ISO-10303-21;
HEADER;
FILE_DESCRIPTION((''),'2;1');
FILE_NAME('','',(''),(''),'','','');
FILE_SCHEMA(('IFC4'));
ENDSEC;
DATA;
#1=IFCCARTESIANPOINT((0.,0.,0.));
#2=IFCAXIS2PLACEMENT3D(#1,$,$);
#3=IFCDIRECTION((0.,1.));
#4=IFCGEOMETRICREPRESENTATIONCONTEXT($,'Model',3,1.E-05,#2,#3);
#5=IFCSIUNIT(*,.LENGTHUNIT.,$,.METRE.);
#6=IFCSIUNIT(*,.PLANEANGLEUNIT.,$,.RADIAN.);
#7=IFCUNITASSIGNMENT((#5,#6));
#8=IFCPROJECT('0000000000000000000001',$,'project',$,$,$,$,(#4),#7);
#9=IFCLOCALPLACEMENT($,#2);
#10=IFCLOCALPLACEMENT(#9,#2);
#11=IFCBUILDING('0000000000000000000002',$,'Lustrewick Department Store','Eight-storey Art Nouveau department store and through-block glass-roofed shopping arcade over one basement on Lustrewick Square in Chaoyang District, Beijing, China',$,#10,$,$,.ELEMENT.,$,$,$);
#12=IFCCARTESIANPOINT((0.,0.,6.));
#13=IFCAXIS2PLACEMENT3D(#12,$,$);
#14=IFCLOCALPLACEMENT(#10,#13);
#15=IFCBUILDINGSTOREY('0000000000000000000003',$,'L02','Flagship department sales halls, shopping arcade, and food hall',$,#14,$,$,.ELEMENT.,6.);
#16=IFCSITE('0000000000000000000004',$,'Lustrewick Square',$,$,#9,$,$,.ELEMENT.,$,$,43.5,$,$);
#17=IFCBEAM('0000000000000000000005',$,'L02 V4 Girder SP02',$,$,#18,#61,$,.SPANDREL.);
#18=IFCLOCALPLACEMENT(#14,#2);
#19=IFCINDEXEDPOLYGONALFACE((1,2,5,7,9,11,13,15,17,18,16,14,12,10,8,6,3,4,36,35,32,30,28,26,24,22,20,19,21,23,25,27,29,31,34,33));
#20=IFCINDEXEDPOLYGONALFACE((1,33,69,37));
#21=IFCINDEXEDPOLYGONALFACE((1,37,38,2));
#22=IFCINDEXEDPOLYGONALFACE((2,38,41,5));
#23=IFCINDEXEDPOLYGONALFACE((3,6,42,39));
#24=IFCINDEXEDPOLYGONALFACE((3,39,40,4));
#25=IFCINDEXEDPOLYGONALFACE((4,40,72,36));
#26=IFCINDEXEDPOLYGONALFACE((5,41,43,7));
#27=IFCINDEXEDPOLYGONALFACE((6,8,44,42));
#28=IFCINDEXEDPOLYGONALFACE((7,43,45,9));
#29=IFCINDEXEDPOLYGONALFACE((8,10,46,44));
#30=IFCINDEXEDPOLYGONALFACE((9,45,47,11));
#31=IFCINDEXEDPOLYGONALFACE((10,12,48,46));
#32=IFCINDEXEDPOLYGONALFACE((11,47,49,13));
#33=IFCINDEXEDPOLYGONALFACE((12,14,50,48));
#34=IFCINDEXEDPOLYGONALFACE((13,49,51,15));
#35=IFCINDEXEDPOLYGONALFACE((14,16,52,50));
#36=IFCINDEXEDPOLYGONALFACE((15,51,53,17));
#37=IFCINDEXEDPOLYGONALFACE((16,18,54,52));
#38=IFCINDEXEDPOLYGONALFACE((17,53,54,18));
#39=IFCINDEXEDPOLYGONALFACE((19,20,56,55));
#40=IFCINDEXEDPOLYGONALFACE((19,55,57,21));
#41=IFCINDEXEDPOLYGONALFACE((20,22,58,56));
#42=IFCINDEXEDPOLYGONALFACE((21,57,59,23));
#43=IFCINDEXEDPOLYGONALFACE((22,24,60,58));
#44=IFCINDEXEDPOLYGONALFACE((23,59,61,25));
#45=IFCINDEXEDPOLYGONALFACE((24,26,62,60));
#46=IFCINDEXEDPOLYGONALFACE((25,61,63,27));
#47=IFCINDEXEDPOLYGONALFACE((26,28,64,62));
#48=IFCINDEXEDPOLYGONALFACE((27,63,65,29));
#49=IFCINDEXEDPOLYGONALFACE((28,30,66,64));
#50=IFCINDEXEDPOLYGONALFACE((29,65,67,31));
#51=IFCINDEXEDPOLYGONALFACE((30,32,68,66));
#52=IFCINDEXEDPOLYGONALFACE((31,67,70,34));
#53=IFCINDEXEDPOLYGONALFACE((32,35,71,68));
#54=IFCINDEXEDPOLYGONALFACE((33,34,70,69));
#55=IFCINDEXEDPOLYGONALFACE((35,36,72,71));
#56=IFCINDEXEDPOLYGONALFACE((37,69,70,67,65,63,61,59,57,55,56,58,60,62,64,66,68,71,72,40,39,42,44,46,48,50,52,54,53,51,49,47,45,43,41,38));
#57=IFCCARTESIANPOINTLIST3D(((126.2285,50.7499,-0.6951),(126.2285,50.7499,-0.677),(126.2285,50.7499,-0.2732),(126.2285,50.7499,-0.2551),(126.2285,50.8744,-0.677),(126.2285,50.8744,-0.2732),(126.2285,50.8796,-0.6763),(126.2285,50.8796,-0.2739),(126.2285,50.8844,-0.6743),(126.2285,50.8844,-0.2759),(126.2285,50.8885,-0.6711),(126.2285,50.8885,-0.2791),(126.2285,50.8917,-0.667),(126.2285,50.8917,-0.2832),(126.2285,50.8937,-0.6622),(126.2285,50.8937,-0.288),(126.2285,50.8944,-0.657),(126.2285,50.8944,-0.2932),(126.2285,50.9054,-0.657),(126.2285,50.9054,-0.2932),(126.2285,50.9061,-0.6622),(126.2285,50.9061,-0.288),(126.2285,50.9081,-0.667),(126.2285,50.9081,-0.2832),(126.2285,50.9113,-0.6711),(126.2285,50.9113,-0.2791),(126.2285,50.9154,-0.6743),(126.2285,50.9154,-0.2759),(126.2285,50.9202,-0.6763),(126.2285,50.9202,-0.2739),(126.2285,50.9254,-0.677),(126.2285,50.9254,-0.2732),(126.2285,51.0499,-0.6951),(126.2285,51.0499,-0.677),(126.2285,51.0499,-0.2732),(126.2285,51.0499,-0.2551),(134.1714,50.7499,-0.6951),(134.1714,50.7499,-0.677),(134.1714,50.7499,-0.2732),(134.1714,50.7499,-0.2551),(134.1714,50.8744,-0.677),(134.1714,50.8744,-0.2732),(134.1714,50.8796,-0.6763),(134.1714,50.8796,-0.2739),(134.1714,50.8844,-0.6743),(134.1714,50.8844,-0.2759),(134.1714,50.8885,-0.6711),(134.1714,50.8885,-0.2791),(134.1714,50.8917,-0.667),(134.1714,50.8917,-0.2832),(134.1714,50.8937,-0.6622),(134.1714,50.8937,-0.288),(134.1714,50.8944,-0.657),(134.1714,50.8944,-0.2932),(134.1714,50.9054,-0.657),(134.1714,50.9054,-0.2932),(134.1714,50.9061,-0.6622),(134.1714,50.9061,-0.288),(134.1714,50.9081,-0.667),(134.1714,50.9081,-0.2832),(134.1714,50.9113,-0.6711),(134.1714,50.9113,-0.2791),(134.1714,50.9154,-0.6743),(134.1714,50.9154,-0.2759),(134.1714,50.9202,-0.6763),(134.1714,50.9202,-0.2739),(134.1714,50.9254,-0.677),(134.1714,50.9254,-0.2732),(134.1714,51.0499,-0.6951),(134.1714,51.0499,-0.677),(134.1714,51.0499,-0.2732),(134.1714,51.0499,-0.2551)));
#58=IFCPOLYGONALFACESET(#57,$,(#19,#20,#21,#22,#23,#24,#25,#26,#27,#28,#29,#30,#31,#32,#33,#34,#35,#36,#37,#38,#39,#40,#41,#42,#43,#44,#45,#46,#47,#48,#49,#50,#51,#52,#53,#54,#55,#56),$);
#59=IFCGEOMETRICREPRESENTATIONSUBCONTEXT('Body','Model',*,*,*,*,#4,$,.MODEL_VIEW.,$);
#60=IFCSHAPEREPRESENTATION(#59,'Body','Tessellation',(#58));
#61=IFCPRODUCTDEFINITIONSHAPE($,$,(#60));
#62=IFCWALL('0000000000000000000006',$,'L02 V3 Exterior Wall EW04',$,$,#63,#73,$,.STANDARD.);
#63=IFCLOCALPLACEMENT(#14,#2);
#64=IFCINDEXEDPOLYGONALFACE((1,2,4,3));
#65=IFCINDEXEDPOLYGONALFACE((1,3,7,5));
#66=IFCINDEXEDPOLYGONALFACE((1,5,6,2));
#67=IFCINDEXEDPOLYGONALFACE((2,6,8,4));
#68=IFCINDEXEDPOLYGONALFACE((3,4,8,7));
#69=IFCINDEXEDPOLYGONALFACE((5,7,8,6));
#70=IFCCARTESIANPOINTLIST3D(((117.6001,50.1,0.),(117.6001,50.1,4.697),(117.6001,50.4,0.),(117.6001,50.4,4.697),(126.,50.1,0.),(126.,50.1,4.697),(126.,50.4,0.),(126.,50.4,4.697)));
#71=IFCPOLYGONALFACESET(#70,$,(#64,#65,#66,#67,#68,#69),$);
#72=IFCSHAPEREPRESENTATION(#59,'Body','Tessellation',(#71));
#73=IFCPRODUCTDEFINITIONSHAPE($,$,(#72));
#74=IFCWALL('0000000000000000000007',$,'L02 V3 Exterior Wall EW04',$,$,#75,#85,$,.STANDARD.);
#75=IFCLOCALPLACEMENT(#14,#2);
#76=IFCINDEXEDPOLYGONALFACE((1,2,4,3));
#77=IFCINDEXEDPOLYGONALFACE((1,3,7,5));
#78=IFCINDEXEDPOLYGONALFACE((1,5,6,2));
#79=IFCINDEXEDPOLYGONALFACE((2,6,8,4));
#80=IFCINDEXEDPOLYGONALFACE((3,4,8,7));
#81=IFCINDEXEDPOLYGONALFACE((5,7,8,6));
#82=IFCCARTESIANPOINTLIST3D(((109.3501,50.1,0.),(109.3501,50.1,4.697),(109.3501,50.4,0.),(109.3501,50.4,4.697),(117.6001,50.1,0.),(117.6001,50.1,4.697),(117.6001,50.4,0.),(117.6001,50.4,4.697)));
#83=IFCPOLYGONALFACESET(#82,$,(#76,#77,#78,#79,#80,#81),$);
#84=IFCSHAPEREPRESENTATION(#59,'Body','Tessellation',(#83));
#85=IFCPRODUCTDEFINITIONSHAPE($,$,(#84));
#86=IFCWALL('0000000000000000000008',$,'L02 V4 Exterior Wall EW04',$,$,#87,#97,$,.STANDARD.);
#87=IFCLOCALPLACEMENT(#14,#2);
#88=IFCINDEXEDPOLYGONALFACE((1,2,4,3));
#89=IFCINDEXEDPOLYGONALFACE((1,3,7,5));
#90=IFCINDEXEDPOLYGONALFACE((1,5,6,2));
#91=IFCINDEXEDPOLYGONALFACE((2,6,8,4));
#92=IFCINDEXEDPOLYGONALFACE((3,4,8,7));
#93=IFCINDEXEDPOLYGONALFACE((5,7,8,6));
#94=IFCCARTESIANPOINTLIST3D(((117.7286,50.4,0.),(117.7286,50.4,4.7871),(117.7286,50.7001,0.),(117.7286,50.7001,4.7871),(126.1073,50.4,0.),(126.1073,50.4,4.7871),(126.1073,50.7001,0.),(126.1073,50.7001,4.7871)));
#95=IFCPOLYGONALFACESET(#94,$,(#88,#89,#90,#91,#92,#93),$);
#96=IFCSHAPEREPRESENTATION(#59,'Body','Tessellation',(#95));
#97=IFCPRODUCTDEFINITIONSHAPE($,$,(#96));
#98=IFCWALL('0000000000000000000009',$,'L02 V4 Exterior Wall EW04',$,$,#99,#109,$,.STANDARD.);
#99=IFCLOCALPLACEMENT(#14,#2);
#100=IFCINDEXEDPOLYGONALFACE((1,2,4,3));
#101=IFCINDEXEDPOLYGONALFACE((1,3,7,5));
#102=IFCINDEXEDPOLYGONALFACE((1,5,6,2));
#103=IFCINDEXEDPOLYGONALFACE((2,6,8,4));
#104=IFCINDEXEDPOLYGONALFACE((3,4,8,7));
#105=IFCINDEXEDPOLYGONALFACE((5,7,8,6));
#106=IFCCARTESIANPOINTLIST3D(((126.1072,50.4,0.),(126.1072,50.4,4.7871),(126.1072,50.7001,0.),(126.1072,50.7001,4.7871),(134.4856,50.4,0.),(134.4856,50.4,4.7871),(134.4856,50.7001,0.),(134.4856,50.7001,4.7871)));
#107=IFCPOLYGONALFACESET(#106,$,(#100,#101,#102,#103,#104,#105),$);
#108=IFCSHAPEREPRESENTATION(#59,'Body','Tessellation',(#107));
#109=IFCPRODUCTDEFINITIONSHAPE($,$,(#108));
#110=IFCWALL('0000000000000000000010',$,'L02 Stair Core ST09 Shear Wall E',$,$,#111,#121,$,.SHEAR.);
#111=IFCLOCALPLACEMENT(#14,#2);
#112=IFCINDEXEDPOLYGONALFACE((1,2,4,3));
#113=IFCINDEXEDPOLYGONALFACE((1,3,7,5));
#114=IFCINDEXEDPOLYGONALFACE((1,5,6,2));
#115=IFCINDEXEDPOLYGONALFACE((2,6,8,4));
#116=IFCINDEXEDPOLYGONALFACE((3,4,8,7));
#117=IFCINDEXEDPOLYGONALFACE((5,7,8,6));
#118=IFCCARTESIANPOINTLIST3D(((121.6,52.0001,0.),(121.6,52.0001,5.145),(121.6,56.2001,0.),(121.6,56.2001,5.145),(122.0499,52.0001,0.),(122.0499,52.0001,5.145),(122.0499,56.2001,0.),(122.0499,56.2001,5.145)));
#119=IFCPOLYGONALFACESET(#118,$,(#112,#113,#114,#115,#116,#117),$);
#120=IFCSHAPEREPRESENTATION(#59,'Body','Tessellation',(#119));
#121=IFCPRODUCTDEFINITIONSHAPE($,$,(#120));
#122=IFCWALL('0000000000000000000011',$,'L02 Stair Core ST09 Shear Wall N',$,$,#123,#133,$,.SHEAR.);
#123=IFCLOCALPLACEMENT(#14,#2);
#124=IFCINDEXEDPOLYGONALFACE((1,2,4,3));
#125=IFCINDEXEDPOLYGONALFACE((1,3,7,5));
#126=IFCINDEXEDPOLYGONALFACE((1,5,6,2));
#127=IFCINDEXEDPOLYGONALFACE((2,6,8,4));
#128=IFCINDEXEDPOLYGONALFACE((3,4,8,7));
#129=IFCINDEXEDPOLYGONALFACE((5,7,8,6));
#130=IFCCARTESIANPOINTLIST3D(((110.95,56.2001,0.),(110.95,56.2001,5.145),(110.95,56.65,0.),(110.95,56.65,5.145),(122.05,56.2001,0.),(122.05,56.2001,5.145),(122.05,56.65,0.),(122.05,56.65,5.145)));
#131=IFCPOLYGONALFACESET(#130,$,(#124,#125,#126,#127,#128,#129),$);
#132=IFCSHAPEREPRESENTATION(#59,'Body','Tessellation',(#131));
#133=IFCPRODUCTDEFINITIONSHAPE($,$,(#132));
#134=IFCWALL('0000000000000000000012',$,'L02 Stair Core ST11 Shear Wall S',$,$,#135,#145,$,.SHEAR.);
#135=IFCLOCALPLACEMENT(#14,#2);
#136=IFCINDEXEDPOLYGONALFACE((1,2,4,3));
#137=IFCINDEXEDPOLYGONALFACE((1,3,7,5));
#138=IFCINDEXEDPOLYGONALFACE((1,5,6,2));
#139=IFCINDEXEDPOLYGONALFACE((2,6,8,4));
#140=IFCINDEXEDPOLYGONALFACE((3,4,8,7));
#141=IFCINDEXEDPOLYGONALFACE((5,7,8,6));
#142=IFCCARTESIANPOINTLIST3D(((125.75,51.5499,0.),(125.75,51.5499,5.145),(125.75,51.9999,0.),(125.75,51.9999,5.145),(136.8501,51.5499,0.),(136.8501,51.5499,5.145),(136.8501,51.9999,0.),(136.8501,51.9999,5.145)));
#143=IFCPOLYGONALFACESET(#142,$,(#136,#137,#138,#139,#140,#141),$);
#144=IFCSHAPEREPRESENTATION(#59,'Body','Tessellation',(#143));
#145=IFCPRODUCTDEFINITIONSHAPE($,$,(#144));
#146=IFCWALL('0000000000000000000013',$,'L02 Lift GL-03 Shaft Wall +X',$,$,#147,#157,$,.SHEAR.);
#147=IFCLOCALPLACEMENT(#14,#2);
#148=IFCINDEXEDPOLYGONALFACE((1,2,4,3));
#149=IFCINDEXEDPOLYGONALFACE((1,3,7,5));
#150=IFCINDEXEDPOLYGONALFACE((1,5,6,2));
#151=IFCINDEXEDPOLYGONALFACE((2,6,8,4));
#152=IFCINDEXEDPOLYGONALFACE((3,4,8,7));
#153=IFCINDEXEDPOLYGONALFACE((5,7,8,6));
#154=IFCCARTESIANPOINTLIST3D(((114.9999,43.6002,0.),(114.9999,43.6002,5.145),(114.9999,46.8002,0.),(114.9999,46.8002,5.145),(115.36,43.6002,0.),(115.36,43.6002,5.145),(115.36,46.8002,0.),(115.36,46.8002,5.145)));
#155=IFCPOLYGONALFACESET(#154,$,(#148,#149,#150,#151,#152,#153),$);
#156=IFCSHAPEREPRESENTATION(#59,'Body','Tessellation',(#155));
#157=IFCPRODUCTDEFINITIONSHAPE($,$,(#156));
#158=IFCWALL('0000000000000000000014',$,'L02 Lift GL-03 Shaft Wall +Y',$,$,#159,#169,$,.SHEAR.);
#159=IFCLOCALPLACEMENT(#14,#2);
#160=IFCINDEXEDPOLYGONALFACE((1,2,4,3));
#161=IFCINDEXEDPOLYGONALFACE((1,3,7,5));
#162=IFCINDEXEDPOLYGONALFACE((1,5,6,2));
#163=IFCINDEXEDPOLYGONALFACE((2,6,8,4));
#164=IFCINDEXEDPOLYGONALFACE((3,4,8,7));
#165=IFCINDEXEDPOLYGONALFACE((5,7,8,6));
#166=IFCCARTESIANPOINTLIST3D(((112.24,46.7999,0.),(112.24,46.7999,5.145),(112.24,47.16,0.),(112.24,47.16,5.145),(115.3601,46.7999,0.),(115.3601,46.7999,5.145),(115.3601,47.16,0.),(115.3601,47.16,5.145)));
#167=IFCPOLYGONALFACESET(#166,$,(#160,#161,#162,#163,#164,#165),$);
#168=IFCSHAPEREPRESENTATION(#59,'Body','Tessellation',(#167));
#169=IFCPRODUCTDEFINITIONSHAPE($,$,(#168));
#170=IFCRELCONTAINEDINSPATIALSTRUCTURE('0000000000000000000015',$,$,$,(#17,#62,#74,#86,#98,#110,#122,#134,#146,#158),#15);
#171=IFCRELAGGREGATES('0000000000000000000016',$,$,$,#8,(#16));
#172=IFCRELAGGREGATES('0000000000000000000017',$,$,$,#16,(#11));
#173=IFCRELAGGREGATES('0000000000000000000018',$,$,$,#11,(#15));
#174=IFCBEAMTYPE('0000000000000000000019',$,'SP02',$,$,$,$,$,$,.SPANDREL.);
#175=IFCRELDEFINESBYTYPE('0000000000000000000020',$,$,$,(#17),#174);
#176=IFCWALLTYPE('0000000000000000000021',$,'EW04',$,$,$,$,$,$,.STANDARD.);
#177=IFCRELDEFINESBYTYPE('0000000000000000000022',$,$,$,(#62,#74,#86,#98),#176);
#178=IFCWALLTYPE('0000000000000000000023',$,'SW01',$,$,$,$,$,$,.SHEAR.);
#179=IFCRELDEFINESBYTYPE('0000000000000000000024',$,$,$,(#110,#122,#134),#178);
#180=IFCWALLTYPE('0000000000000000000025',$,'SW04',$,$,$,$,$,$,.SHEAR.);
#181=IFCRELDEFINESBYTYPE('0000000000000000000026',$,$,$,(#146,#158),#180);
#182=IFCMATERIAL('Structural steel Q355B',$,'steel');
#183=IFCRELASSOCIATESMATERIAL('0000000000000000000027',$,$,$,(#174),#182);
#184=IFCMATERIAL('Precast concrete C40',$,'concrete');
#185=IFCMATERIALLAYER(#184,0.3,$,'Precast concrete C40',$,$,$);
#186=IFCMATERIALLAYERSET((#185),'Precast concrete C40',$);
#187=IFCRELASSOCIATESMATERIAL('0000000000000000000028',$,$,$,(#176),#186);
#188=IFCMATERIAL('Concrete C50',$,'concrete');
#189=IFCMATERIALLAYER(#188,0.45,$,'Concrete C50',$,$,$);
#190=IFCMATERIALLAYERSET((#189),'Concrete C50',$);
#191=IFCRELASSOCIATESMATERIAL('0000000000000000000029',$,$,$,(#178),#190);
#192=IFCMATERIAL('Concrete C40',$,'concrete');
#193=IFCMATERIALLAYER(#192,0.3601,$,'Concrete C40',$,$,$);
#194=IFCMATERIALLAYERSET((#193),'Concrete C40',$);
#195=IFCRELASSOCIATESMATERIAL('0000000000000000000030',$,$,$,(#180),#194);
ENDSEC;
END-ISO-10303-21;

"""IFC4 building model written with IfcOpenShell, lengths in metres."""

from ifc_helpers import new_model, si_unit, direction, frame, frame_2d, origin, origin_2d, place, context, subcontext, project, spatial, rectangle, i_section, extrude, material, layer, layer_set, material_profile, profile_set, type_object, element, save


model = new_model("IFC4")

# Units and contexts
model_context = context("Model", 3, precision=1e-05, world=origin(), true_north=direction((0.0, 1.0)))
body_context = subcontext(model_context, "Body", "Model", "MODEL_VIEW")
ifc_project = project(units=[si_unit("LENGTHUNIT", "METRE"), si_unit("PLANEANGLEUNIT", "RADIAN")], contexts=[model_context])

# Site, building, storey
site_placement = place(None, origin())
site = spatial("IfcSite", under=ifc_project, at=site_placement, Name="Lustrewick Square", CompositionType="ELEMENT", RefElevation=43.5)
building_placement = place(site_placement, origin())
building = spatial("IfcBuilding", under=site, at=building_placement, Name="Lustrewick Department Store", Description="Eight-storey Art Nouveau department store and through-block glass-roofed shopping arcade over one basement on Lustrewick Square in Chaoyang District, Beijing, China", CompositionType="ELEMENT")
storey_placement = place(building_placement, frame((0.0, 0.0, 6.0)))
storey = spatial("IfcBuildingStorey", under=building, at=storey_placement, Name="L02", Description="Flagship department sales halls, shopping arcade, and food hall", CompositionType="ELEMENT", Elevation=6.0)

# Shared definitions
ifc_material_1 = material(Name="Concrete C40", Category="concrete")
ifc_material_2 = material(Name="Structural steel Q355B", Category="steel")

# Beam
ifc_material_profile_1 = material_profile(ifc_material_2, i_section(OverallWidth=0.3, OverallDepth=0.4399, WebThickness=0.011, FlangeThickness=0.0181, FilletRadius=0.02, at=origin_2d()), Name="HM 440x300x11x18")
ifc_profile_set_1 = profile_set([ifc_material_profile_1], Name="Structural steel Q355B")
beam_type_1 = type_object("IfcBeamType", Name="SP02", PredefinedType="SPANDREL", material=ifc_profile_set_1)
for number, where, z_axis, x_axis, name in (
    (1, (126.2285, 50.8999, -0.4751), (1.0, 0.0, 0.0), (0.0, 1.0, 0.0), "L02 V4 Girder SP02"),
):
    element("IfcBeam", number, at=place(storey_placement, frame(where, z_axis=z_axis, x_axis=x_axis)), inside=storey, type_object=beam_type_1, Name=name, PredefinedType="SPANDREL", context=body_context, shape_type="SweptSolid", body=[
        extrude(i_section(OverallWidth=0.3, OverallDepth=0.4399, WebThickness=0.011, FlangeThickness=0.0181, FilletRadius=0.02, at=origin_2d()), origin(), (0.0, 0.0, 1.0), 7.9429),
    ])

# Walls
ifc_material_3 = material(Name="Precast concrete C40", Category="concrete")
ifc_layer_1 = layer(ifc_material_3, 0.3, Name="Precast concrete C40")
ifc_layer_set_1 = layer_set([ifc_layer_1], Name="Precast concrete C40")
wall_type_1 = type_object("IfcWallType", Name="EW04", PredefinedType="STANDARD", material=ifc_layer_set_1)
wall_1_placement = place(storey_placement, frame((126.0, 50.25, 0.0), z_axis=(0.0, 0.0, 1.0), x_axis=(-1.0, 0.0, 0.0)))
element("IfcWall", 2, at=wall_1_placement, inside=storey, type_object=wall_type_1, Name="L02 V3 Exterior Wall EW04", PredefinedType="STANDARD", context=body_context, shape_type="SweptSolid", body=[
    extrude(rectangle(XDim=8.3999, YDim=0.3, at=frame_2d((4.2, 0.0))), origin(), (0.0, 0.0, 1.0), 4.697),
])
wall_2_placement = place(storey_placement, frame((117.6001, 50.25, 0.0), z_axis=(0.0, 0.0, 1.0), x_axis=(-1.0, 0.0, 0.0)))
element("IfcWall", 3, at=wall_2_placement, inside=storey, type_object=wall_type_1, Name="L02 V3 Exterior Wall EW04", PredefinedType="STANDARD", context=body_context, shape_type="SweptSolid", body=[
    extrude(rectangle(XDim=8.25, YDim=0.3, at=frame_2d((4.125, 0.0))), origin(), (0.0, 0.0, 1.0), 4.697),
])
wall_3_placement = place(storey_placement, frame((117.7285, 50.55, 0.0), z_axis=(0.0, 0.0, 1.0), x_axis=(1.0, 0.0, 0.0)))
element("IfcWall", 4, at=wall_3_placement, inside=storey, type_object=wall_type_1, Name="L02 V4 Exterior Wall EW04", PredefinedType="STANDARD", context=body_context, shape_type="SweptSolid", body=[
    extrude(rectangle(XDim=8.3787, YDim=0.3, at=frame_2d((4.1895, 0.0))), origin(), (0.0, 0.0, 1.0), 4.7871),
])
wall_4_placement = place(storey_placement, frame((126.1072, 50.55, 0.0), z_axis=(0.0, 0.0, 1.0), x_axis=(1.0, 0.0, 0.0)))
element("IfcWall", 5, at=wall_4_placement, inside=storey, type_object=wall_type_1, Name="L02 V4 Exterior Wall EW04", PredefinedType="STANDARD", context=body_context, shape_type="SweptSolid", body=[
    extrude(rectangle(XDim=8.3784, YDim=0.3, at=frame_2d((4.1892, 0.0))), origin(), (0.0, 0.0, 1.0), 4.7871),
])
ifc_material_4 = material(Name="Concrete C50", Category="concrete")
ifc_layer_2 = layer(ifc_material_4, 0.45, Name="Concrete C50")
ifc_layer_set_2 = layer_set([ifc_layer_2], Name="Concrete C50")
wall_type_2 = type_object("IfcWallType", Name="SW01", PredefinedType="SHEAR", material=ifc_layer_set_2)
wall_5_placement = place(storey_placement, frame((121.825, 52.0, 0.0), z_axis=(0.0, 0.0, 1.0), x_axis=(0.0, 1.0, 0.0)))
element("IfcWall", 6, at=wall_5_placement, inside=storey, type_object=wall_type_2, Name="L02 Stair Core ST09 Shear Wall E", PredefinedType="SHEAR", context=body_context, shape_type="SweptSolid", body=[
    extrude(rectangle(XDim=4.2, YDim=0.45, at=frame_2d((2.1001, 0.0))), origin(), (0.0, 0.0, 1.0), 5.145),
])
for number, where, z_axis, x_axis, name in (
    (7, (122.05, 56.425, 0.0), (0.0, 0.0, 1.0), (-1.0, 0.0, 0.0), "L02 Stair Core ST09 Shear Wall N"),
    (8, (125.75, 51.7749, 0.0), (0.0, 0.0, 1.0), (1.0, 0.0, 0.0), "L02 Stair Core ST11 Shear Wall S"),
):
    element("IfcWall", number, at=place(storey_placement, frame(where, z_axis=z_axis, x_axis=x_axis)), inside=storey, type_object=wall_type_2, Name=name, PredefinedType="SHEAR", context=body_context, shape_type="SweptSolid", body=[
        extrude(rectangle(XDim=11.1001, YDim=0.45, at=frame_2d((5.55, 0.0))), origin(), (0.0, 0.0, 1.0), 5.145),
    ])

# Walls
ifc_layer_3 = layer(ifc_material_1, 0.3601, Name="Concrete C40")
ifc_layer_set_3 = layer_set([ifc_layer_3], Name="Concrete C40")
wall_type_3 = type_object("IfcWallType", Name="SW04", PredefinedType="SHEAR", material=ifc_layer_set_3)
wall_6_placement = place(storey_placement, frame((115.1799, 43.6001, 0.0), z_axis=(0.0, 0.0, 1.0), x_axis=(0.0, 1.0, 0.0)))
element("IfcWall", 9, at=wall_6_placement, inside=storey, type_object=wall_type_3, Name="L02 Lift GL-03 Shaft Wall +X", PredefinedType="SHEAR", context=body_context, shape_type="SweptSolid", body=[
    extrude(rectangle(XDim=3.2, YDim=0.3601, at=frame_2d((1.6001, 0.0))), origin(), (0.0, 0.0, 1.0), 5.145),
])
wall_7_placement = place(storey_placement, frame((115.3601, 46.98, 0.0), z_axis=(0.0, 0.0, 1.0), x_axis=(-1.0, 0.0, 0.0)))
element("IfcWall", 10, at=wall_7_placement, inside=storey, type_object=wall_type_3, Name="L02 Lift GL-03 Shaft Wall +Y", PredefinedType="SHEAR", context=body_context, shape_type="SweptSolid", body=[
    extrude(rectangle(XDim=3.1201, YDim=0.3601, at=frame_2d((1.5601, 0.0))), origin(), (0.0, 0.0, 1.0), 5.145),
])

save(model, "model.ifc")
